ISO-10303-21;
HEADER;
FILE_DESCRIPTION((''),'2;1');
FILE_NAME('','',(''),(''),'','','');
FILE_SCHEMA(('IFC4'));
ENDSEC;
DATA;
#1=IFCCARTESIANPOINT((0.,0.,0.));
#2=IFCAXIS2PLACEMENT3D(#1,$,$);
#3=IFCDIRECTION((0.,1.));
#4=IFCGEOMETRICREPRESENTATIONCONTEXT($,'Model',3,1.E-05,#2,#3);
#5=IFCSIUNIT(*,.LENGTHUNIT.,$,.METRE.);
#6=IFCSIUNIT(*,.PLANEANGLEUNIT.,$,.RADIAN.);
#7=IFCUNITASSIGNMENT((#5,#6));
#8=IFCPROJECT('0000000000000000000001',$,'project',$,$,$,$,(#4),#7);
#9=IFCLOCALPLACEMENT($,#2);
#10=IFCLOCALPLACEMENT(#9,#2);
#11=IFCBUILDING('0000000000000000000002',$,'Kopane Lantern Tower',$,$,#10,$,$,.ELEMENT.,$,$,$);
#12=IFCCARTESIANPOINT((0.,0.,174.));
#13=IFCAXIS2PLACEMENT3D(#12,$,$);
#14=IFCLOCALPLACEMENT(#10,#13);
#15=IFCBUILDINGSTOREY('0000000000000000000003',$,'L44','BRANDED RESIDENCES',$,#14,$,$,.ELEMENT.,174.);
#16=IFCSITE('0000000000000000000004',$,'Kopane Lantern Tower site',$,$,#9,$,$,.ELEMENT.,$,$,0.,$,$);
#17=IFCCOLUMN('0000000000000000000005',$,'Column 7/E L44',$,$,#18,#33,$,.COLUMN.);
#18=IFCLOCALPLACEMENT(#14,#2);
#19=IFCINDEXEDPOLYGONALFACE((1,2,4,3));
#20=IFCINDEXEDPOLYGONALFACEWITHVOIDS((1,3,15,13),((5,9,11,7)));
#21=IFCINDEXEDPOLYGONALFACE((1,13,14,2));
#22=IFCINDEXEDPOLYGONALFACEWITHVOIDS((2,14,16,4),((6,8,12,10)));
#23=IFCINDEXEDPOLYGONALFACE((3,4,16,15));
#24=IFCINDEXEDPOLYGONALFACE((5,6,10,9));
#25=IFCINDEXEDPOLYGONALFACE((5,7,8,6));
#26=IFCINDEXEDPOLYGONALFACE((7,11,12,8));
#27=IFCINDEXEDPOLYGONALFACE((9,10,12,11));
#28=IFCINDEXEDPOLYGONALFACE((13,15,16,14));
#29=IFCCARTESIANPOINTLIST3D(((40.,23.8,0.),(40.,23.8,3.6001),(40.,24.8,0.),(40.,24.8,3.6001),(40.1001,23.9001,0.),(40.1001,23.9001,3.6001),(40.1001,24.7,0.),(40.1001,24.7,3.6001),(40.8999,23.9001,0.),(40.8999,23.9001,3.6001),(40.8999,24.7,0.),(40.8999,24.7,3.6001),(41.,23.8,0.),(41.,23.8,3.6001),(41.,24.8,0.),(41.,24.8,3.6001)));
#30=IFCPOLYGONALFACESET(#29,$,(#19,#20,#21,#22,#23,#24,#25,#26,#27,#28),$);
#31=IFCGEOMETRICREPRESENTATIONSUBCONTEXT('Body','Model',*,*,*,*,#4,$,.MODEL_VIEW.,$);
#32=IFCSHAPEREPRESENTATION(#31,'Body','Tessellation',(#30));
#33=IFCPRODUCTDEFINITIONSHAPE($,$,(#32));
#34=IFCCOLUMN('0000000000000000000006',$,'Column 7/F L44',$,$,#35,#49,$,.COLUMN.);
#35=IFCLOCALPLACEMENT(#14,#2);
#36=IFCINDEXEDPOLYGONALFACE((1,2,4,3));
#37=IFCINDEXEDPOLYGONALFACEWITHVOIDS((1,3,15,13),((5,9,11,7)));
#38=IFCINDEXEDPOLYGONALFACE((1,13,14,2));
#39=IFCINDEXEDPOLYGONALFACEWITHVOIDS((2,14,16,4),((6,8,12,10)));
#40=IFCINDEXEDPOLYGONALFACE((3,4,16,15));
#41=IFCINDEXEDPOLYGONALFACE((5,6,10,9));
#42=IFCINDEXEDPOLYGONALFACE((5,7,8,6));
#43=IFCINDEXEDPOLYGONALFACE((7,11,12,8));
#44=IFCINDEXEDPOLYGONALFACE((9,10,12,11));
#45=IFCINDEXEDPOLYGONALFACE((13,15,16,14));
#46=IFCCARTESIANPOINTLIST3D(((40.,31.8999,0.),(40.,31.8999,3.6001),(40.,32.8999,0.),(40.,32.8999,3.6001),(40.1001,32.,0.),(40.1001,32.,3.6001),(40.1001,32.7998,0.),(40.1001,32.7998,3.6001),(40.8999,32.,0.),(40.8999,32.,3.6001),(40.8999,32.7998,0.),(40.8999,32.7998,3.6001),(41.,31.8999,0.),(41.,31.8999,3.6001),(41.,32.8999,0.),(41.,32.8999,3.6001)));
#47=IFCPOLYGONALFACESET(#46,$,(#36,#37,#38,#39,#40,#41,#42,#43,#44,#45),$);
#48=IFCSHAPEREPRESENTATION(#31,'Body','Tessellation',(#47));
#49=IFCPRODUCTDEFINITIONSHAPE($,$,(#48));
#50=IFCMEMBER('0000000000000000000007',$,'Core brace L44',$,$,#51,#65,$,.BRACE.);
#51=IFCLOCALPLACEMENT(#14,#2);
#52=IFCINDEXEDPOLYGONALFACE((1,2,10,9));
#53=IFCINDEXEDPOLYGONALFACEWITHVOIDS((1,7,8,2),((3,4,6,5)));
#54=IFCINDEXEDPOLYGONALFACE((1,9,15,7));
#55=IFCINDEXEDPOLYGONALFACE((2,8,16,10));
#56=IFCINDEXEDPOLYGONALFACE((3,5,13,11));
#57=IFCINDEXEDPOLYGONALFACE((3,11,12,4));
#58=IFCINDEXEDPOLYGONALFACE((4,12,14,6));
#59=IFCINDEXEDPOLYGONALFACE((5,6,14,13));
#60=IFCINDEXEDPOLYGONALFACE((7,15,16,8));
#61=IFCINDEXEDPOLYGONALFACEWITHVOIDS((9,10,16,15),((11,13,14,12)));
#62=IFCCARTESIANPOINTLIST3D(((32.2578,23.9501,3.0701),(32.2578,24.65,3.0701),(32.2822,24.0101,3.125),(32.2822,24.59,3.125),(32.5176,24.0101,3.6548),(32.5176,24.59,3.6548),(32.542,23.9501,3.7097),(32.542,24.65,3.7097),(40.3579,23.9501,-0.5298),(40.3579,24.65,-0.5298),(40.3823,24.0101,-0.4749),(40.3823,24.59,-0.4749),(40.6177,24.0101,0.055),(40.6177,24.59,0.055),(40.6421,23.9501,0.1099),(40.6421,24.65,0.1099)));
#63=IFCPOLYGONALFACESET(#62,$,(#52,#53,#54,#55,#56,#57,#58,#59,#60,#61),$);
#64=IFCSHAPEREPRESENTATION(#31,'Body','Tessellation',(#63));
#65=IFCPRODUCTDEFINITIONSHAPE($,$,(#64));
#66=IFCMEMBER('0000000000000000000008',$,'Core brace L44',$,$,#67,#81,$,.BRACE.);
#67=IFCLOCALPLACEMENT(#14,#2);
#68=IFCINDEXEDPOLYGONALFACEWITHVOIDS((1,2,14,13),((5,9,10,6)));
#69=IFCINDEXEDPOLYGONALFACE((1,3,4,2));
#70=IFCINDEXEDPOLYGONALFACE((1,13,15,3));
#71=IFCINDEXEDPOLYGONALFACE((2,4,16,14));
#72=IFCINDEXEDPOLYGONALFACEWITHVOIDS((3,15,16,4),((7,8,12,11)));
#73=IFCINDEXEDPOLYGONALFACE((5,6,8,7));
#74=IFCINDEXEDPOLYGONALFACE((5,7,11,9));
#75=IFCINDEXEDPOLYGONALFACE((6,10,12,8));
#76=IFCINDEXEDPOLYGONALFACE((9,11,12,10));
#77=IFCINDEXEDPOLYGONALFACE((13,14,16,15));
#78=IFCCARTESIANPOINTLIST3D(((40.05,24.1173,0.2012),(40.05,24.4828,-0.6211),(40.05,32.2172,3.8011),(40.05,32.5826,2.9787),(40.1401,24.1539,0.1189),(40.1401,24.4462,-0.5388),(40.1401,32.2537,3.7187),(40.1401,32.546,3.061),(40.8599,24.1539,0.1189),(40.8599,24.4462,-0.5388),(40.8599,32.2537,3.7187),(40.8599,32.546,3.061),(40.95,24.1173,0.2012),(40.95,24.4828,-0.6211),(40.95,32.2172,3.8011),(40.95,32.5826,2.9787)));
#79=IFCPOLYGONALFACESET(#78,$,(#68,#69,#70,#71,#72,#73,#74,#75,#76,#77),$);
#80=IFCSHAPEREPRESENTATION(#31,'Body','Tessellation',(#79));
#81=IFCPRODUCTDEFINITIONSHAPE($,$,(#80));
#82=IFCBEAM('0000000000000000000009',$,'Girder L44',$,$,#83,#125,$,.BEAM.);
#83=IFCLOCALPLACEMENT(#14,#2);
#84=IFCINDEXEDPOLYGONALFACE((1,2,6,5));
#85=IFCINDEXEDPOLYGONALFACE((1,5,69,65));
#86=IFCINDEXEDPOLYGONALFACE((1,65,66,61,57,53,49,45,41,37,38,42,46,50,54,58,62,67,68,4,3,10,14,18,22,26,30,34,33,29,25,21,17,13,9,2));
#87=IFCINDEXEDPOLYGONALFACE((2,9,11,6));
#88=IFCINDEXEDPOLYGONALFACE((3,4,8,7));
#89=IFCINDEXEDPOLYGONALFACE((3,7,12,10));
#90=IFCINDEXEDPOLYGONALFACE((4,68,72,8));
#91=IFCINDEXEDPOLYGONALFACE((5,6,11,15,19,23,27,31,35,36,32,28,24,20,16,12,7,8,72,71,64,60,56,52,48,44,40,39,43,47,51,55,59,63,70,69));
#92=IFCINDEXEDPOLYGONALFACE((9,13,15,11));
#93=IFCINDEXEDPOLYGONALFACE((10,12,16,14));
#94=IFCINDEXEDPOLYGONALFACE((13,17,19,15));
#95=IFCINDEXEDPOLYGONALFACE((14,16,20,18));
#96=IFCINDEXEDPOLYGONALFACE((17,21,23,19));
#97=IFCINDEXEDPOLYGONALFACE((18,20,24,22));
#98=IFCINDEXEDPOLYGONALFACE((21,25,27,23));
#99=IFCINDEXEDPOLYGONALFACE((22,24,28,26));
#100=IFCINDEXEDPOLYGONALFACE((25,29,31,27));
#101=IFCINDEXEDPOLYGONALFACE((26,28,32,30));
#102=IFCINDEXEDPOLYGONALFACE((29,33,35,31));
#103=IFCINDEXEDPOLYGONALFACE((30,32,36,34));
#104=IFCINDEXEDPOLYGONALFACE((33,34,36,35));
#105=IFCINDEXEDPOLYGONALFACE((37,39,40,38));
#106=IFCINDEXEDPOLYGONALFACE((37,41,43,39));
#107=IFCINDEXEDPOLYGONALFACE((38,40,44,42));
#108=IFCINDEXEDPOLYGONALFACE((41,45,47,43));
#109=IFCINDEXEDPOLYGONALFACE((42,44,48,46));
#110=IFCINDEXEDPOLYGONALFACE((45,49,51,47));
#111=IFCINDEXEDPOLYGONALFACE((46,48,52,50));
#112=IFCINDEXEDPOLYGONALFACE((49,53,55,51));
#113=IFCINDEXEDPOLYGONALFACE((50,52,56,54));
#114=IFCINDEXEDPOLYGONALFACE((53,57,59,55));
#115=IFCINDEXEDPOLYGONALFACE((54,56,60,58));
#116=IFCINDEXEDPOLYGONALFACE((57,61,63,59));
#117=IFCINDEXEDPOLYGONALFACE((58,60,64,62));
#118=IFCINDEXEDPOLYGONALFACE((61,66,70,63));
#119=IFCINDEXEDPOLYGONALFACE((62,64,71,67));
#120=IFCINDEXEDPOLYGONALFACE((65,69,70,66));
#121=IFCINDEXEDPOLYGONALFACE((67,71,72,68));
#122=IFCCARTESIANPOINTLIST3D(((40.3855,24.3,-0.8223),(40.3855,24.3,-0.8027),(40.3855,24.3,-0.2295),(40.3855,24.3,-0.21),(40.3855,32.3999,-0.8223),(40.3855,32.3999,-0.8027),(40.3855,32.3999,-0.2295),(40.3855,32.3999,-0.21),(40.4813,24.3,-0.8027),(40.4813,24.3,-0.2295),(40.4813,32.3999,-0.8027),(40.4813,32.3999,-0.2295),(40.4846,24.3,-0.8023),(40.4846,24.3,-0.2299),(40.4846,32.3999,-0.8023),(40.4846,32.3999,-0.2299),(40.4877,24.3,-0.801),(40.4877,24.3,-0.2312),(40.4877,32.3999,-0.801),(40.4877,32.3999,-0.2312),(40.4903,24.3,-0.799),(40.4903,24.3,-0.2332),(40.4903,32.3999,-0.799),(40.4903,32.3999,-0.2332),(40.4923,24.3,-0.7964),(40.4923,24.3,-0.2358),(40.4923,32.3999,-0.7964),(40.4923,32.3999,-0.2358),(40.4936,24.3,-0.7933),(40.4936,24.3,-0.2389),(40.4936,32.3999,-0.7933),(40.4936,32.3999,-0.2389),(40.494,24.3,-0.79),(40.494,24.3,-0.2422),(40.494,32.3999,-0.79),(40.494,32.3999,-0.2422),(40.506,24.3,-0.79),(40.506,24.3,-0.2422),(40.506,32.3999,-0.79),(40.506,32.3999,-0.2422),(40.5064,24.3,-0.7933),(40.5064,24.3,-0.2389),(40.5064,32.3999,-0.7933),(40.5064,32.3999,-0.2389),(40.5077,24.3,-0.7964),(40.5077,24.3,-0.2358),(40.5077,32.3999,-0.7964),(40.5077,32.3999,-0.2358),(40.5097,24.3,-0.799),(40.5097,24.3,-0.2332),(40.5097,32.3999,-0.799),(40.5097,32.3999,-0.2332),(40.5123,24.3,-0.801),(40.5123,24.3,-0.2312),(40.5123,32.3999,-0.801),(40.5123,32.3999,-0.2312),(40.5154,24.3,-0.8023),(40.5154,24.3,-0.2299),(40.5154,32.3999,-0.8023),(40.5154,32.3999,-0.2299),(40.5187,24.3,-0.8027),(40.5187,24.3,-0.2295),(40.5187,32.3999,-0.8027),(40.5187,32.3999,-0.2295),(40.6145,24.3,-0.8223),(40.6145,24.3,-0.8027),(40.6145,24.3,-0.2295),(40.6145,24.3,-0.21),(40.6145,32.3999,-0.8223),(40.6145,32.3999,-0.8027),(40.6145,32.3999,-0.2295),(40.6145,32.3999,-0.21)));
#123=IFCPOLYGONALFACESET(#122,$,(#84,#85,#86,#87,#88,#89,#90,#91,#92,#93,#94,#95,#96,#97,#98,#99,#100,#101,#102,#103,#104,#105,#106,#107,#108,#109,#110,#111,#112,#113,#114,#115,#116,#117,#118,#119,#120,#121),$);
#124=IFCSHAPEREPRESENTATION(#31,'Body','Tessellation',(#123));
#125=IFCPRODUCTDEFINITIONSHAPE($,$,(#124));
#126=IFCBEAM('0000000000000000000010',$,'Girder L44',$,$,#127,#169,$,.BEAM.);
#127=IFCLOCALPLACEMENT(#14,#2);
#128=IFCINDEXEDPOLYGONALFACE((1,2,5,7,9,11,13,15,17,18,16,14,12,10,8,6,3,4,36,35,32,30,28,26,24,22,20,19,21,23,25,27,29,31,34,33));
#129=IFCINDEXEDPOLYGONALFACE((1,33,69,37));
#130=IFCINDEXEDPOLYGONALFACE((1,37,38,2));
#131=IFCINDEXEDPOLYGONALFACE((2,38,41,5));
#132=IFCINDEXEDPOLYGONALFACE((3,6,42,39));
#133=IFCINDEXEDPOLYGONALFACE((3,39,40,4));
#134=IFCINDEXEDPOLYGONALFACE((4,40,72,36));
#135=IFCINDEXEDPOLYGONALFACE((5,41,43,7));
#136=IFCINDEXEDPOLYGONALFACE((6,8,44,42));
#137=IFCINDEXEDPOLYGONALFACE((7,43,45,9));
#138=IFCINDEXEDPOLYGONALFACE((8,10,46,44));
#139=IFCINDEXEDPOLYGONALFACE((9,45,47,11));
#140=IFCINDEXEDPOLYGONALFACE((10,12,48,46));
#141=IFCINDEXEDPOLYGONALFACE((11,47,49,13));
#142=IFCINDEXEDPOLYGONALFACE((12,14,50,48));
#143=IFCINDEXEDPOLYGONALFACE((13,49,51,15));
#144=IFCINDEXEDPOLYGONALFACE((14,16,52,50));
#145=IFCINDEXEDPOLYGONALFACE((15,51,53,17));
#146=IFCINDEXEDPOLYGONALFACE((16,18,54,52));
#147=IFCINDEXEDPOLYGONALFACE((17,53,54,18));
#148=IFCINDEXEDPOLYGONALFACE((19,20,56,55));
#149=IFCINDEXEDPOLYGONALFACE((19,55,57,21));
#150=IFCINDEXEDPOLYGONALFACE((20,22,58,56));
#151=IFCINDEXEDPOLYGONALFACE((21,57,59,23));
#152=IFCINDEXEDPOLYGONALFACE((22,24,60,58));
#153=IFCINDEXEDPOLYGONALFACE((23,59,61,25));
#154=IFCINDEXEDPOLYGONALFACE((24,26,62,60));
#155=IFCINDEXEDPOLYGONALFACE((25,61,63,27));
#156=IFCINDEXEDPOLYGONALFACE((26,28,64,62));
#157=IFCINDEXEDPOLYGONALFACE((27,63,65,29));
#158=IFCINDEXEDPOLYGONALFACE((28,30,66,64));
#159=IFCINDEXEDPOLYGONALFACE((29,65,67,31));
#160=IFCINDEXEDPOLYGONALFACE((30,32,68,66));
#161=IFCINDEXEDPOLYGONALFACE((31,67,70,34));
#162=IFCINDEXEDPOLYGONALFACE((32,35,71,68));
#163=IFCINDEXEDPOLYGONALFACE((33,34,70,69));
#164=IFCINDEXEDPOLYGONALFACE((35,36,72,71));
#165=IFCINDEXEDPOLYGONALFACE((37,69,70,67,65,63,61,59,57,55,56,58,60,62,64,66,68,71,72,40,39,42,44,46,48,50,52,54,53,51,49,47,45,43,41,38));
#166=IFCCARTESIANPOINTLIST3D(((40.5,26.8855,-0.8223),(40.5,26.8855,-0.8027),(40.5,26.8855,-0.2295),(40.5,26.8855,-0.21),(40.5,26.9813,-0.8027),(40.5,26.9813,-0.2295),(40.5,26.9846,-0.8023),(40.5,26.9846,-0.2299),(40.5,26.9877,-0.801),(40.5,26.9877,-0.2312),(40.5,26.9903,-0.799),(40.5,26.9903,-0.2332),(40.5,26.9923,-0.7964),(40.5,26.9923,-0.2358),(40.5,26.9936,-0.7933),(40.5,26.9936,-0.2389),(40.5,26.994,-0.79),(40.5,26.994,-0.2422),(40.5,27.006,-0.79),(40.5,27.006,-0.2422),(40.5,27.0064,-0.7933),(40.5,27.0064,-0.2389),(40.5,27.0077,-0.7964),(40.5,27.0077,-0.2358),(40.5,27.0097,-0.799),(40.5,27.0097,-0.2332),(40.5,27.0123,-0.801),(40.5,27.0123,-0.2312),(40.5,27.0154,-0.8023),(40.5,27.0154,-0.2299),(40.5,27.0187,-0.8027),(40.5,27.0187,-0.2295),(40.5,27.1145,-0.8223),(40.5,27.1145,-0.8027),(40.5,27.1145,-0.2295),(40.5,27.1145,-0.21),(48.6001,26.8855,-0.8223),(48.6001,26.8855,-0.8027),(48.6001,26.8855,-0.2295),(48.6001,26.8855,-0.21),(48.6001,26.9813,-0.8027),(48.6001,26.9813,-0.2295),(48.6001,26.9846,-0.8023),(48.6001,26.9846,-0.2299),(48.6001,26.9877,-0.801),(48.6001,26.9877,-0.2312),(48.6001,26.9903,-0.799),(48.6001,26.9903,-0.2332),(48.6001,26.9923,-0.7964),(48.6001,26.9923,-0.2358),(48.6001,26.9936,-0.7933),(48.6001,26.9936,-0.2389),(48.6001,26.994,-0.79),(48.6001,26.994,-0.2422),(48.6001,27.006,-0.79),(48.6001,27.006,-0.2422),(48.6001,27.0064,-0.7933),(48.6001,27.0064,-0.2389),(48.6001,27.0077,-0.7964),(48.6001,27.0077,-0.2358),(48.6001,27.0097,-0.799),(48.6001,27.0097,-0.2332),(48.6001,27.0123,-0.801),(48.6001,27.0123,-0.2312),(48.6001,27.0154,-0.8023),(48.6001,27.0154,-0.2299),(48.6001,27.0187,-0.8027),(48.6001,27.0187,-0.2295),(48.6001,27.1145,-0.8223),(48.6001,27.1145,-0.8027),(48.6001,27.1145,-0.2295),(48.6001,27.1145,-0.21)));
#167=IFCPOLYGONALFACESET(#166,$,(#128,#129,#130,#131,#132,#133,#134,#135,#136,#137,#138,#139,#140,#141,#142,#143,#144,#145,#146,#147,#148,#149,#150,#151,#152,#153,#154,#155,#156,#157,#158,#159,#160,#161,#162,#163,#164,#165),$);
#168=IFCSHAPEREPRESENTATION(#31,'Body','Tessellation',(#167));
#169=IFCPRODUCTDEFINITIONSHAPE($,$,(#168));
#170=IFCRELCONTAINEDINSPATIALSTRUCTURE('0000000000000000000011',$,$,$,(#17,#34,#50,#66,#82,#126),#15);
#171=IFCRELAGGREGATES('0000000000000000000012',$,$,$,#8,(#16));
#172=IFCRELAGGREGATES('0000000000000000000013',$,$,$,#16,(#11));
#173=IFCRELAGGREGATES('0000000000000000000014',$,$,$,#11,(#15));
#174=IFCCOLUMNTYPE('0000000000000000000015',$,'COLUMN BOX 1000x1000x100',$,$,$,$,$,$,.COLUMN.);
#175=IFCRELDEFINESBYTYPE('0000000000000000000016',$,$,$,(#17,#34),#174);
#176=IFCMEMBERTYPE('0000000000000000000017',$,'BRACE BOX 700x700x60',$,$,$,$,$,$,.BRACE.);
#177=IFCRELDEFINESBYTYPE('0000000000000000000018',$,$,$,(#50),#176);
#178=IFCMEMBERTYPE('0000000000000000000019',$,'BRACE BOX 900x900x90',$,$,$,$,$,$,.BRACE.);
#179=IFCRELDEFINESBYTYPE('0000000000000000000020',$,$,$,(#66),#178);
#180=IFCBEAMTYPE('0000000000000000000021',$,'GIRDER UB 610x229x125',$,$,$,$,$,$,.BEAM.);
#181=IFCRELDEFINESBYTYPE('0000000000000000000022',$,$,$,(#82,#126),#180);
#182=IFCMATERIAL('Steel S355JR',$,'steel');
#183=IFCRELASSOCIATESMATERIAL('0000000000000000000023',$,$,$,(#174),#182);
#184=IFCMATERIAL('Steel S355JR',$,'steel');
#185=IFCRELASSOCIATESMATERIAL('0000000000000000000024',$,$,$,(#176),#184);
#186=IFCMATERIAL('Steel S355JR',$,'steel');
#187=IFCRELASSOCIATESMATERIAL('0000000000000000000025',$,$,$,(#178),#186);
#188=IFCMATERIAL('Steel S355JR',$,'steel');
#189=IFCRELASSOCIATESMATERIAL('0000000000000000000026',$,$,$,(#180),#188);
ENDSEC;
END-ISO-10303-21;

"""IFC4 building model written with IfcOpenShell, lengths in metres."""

from ifc_helpers import new_model, si_unit, direction, frame, origin, origin_2d, place, context, subcontext, project, spatial, hollow_rectangle, i_section, extrude, material, material_profile, profile_set, type_object, element, save


model = new_model("IFC4")

# Units and contexts
model_context = context("Model", 3, precision=1e-05, world=origin(), true_north=direction((0.0, 1.0)))
body_context = subcontext(model_context, "Body", "Model", "MODEL_VIEW")
ifc_project = project(units=[si_unit("LENGTHUNIT", "METRE"), si_unit("PLANEANGLEUNIT", "RADIAN")], contexts=[model_context])

# Site, building, storey
site_placement = place(None, origin())
site = spatial("IfcSite", under=ifc_project, at=site_placement, Name="Kopane Lantern Tower site", CompositionType="ELEMENT", RefElevation=0.0)
building_placement = place(site_placement, origin())
building = spatial("IfcBuilding", under=site, at=building_placement, Name="Kopane Lantern Tower", CompositionType="ELEMENT")
storey_placement = place(building_placement, frame((0.0, 0.0, 174.0)))
storey = spatial("IfcBuildingStorey", under=building, at=storey_placement, Name="L44", Description="BRANDED RESIDENCES", CompositionType="ELEMENT", Elevation=174.0)

# Columns
ifc_material_1 = material(Name="Steel S355JR", Category="steel")
ifc_material_profile_1 = material_profile(ifc_material_1, hollow_rectangle(XDim=1.0, YDim=1.0, WallThickness=0.1001, at=origin_2d()), Name="BOX 1000x1000x100")
ifc_profile_set_1 = profile_set([ifc_material_profile_1], Name="Steel S355JR")
column_type = type_object("IfcColumnType", Name="COLUMN BOX 1000x1000x100", PredefinedType="COLUMN", material=ifc_profile_set_1)
for number, where, z_axis, x_axis, name in (
    (1, (40.5, 24.3, 0.0), (0.0, 0.0, 1.0), (1.0, 0.0, 0.0), "Column 7/E L44"),
    (2, (40.5, 32.3999, 0.0), (0.0, 0.0, 1.0), (1.0, 0.0, 0.0), "Column 7/F L44"),
):
    element("IfcColumn", number, at=place(storey_placement, frame(where, z_axis=z_axis, x_axis=x_axis)), inside=storey, type_object=column_type, Name=name, PredefinedType="COLUMN", context=body_context, shape_type="SweptSolid", body=[
        extrude(hollow_rectangle(XDim=1.0, YDim=1.0, WallThickness=0.1001, at=origin_2d()), origin(), (0.0, 0.0, 1.0), 3.6001),
    ])

# Members
ifc_material_2 = material(Name="Steel S355JR", Category="steel")
ifc_material_profile_2 = material_profile(ifc_material_2, hollow_rectangle(XDim=0.7, YDim=0.7, WallThickness=0.0601, at=origin_2d()), Name="BOX 700x700x60")
ifc_profile_set_2 = profile_set([ifc_material_profile_2], Name="Steel S355JR")
member_type_1 = type_object("IfcMemberType", Name="BRACE BOX 700x700x60", PredefinedType="BRACE", material=ifc_profile_set_2)
member_1_placement = place(storey_placement, frame((40.5, 24.3, -0.21), z_axis=(-0.913819, 0.0, 0.406121), x_axis=(0.0, -1.0, 0.0)))
element("IfcMember", 3, at=member_1_placement, inside=storey, type_object=member_type_1, Name="Core brace L44", PredefinedType="BRACE", context=body_context, shape_type="SweptSolid", body=[
    extrude(hollow_rectangle(XDim=0.7, YDim=0.7, WallThickness=0.0601, at=origin_2d()), origin(), (0.0, 0.0, 1.0), 8.864),
])
ifc_material_3 = material(Name="Steel S355JR", Category="steel")
ifc_material_profile_3 = material_profile(ifc_material_3, hollow_rectangle(XDim=0.8999, YDim=0.8999, WallThickness=0.0901, at=origin_2d()), Name="BOX 900x900x90")
ifc_profile_set_3 = profile_set([ifc_material_profile_3], Name="Steel S355JR")
member_type_2 = type_object("IfcMemberType", Name="BRACE BOX 900x900x90", PredefinedType="BRACE", material=ifc_profile_set_3)
member_2_placement = place(storey_placement, frame((40.5, 24.3, -0.21), z_axis=(0.0, 0.913815, 0.406131), x_axis=(-1.0, 0.0, 0.0)))
element("IfcMember", 4, at=member_2_placement, inside=storey, type_object=member_type_2, Name="Core brace L44", PredefinedType="BRACE", context=body_context, shape_type="SweptSolid", body=[
    extrude(hollow_rectangle(XDim=0.8999, YDim=0.8999, WallThickness=0.0901, at=origin_2d()), origin(), (0.0, 0.0, 1.0), 8.8638),
])

# Beams
ifc_material_4 = material(Name="Steel S355JR", Category="steel")
ifc_material_profile_4 = material_profile(ifc_material_4, i_section(OverallWidth=0.229, OverallDepth=0.6123, WebThickness=0.012, FlangeThickness=0.0195, FilletRadius=0.0127, at=origin_2d()), Name="UB 610x229x125")
ifc_profile_set_4 = profile_set([ifc_material_profile_4], Name="Steel S355JR")
beam_type = type_object("IfcBeamType", Name="GIRDER UB 610x229x125", PredefinedType="BEAM", material=ifc_profile_set_4)
beam_placement = place(storey_placement, frame((40.5, 24.3, -0.5161), z_axis=(0.0, 1.0, 0.0), x_axis=(-1.0, 0.0, 0.0)))
element("IfcBeam", 5, at=beam_placement, inside=storey, type_object=beam_type, Name="Girder L44", PredefinedType="BEAM", context=body_context, shape_type="SweptSolid", body=[
    extrude(i_section(OverallWidth=0.229, OverallDepth=0.6123, WebThickness=0.012, FlangeThickness=0.0195, FilletRadius=0.0127, at=origin_2d()), origin(), (0.0, 0.0, 1.0), 8.0999),
])
for number, where, z_axis, x_axis, name in (
    (6, (40.5, 27.0, -0.5161), (1.0, 0.0, 0.0), (0.0, 1.0, 0.0), "Girder L44"),
):
    element("IfcBeam", number, at=place(storey_placement, frame(where, z_axis=z_axis, x_axis=x_axis)), inside=storey, type_object=beam_type, Name=name, PredefinedType="BEAM", context=body_context, shape_type="SweptSolid", body=[
        extrude(i_section(OverallWidth=0.229, OverallDepth=0.6123, WebThickness=0.012, FlangeThickness=0.0195, FilletRadius=0.0127, at=origin_2d()), origin(), (0.0, 0.0, 1.0), 8.1001),
    ])

save(model, "model.ifc")
